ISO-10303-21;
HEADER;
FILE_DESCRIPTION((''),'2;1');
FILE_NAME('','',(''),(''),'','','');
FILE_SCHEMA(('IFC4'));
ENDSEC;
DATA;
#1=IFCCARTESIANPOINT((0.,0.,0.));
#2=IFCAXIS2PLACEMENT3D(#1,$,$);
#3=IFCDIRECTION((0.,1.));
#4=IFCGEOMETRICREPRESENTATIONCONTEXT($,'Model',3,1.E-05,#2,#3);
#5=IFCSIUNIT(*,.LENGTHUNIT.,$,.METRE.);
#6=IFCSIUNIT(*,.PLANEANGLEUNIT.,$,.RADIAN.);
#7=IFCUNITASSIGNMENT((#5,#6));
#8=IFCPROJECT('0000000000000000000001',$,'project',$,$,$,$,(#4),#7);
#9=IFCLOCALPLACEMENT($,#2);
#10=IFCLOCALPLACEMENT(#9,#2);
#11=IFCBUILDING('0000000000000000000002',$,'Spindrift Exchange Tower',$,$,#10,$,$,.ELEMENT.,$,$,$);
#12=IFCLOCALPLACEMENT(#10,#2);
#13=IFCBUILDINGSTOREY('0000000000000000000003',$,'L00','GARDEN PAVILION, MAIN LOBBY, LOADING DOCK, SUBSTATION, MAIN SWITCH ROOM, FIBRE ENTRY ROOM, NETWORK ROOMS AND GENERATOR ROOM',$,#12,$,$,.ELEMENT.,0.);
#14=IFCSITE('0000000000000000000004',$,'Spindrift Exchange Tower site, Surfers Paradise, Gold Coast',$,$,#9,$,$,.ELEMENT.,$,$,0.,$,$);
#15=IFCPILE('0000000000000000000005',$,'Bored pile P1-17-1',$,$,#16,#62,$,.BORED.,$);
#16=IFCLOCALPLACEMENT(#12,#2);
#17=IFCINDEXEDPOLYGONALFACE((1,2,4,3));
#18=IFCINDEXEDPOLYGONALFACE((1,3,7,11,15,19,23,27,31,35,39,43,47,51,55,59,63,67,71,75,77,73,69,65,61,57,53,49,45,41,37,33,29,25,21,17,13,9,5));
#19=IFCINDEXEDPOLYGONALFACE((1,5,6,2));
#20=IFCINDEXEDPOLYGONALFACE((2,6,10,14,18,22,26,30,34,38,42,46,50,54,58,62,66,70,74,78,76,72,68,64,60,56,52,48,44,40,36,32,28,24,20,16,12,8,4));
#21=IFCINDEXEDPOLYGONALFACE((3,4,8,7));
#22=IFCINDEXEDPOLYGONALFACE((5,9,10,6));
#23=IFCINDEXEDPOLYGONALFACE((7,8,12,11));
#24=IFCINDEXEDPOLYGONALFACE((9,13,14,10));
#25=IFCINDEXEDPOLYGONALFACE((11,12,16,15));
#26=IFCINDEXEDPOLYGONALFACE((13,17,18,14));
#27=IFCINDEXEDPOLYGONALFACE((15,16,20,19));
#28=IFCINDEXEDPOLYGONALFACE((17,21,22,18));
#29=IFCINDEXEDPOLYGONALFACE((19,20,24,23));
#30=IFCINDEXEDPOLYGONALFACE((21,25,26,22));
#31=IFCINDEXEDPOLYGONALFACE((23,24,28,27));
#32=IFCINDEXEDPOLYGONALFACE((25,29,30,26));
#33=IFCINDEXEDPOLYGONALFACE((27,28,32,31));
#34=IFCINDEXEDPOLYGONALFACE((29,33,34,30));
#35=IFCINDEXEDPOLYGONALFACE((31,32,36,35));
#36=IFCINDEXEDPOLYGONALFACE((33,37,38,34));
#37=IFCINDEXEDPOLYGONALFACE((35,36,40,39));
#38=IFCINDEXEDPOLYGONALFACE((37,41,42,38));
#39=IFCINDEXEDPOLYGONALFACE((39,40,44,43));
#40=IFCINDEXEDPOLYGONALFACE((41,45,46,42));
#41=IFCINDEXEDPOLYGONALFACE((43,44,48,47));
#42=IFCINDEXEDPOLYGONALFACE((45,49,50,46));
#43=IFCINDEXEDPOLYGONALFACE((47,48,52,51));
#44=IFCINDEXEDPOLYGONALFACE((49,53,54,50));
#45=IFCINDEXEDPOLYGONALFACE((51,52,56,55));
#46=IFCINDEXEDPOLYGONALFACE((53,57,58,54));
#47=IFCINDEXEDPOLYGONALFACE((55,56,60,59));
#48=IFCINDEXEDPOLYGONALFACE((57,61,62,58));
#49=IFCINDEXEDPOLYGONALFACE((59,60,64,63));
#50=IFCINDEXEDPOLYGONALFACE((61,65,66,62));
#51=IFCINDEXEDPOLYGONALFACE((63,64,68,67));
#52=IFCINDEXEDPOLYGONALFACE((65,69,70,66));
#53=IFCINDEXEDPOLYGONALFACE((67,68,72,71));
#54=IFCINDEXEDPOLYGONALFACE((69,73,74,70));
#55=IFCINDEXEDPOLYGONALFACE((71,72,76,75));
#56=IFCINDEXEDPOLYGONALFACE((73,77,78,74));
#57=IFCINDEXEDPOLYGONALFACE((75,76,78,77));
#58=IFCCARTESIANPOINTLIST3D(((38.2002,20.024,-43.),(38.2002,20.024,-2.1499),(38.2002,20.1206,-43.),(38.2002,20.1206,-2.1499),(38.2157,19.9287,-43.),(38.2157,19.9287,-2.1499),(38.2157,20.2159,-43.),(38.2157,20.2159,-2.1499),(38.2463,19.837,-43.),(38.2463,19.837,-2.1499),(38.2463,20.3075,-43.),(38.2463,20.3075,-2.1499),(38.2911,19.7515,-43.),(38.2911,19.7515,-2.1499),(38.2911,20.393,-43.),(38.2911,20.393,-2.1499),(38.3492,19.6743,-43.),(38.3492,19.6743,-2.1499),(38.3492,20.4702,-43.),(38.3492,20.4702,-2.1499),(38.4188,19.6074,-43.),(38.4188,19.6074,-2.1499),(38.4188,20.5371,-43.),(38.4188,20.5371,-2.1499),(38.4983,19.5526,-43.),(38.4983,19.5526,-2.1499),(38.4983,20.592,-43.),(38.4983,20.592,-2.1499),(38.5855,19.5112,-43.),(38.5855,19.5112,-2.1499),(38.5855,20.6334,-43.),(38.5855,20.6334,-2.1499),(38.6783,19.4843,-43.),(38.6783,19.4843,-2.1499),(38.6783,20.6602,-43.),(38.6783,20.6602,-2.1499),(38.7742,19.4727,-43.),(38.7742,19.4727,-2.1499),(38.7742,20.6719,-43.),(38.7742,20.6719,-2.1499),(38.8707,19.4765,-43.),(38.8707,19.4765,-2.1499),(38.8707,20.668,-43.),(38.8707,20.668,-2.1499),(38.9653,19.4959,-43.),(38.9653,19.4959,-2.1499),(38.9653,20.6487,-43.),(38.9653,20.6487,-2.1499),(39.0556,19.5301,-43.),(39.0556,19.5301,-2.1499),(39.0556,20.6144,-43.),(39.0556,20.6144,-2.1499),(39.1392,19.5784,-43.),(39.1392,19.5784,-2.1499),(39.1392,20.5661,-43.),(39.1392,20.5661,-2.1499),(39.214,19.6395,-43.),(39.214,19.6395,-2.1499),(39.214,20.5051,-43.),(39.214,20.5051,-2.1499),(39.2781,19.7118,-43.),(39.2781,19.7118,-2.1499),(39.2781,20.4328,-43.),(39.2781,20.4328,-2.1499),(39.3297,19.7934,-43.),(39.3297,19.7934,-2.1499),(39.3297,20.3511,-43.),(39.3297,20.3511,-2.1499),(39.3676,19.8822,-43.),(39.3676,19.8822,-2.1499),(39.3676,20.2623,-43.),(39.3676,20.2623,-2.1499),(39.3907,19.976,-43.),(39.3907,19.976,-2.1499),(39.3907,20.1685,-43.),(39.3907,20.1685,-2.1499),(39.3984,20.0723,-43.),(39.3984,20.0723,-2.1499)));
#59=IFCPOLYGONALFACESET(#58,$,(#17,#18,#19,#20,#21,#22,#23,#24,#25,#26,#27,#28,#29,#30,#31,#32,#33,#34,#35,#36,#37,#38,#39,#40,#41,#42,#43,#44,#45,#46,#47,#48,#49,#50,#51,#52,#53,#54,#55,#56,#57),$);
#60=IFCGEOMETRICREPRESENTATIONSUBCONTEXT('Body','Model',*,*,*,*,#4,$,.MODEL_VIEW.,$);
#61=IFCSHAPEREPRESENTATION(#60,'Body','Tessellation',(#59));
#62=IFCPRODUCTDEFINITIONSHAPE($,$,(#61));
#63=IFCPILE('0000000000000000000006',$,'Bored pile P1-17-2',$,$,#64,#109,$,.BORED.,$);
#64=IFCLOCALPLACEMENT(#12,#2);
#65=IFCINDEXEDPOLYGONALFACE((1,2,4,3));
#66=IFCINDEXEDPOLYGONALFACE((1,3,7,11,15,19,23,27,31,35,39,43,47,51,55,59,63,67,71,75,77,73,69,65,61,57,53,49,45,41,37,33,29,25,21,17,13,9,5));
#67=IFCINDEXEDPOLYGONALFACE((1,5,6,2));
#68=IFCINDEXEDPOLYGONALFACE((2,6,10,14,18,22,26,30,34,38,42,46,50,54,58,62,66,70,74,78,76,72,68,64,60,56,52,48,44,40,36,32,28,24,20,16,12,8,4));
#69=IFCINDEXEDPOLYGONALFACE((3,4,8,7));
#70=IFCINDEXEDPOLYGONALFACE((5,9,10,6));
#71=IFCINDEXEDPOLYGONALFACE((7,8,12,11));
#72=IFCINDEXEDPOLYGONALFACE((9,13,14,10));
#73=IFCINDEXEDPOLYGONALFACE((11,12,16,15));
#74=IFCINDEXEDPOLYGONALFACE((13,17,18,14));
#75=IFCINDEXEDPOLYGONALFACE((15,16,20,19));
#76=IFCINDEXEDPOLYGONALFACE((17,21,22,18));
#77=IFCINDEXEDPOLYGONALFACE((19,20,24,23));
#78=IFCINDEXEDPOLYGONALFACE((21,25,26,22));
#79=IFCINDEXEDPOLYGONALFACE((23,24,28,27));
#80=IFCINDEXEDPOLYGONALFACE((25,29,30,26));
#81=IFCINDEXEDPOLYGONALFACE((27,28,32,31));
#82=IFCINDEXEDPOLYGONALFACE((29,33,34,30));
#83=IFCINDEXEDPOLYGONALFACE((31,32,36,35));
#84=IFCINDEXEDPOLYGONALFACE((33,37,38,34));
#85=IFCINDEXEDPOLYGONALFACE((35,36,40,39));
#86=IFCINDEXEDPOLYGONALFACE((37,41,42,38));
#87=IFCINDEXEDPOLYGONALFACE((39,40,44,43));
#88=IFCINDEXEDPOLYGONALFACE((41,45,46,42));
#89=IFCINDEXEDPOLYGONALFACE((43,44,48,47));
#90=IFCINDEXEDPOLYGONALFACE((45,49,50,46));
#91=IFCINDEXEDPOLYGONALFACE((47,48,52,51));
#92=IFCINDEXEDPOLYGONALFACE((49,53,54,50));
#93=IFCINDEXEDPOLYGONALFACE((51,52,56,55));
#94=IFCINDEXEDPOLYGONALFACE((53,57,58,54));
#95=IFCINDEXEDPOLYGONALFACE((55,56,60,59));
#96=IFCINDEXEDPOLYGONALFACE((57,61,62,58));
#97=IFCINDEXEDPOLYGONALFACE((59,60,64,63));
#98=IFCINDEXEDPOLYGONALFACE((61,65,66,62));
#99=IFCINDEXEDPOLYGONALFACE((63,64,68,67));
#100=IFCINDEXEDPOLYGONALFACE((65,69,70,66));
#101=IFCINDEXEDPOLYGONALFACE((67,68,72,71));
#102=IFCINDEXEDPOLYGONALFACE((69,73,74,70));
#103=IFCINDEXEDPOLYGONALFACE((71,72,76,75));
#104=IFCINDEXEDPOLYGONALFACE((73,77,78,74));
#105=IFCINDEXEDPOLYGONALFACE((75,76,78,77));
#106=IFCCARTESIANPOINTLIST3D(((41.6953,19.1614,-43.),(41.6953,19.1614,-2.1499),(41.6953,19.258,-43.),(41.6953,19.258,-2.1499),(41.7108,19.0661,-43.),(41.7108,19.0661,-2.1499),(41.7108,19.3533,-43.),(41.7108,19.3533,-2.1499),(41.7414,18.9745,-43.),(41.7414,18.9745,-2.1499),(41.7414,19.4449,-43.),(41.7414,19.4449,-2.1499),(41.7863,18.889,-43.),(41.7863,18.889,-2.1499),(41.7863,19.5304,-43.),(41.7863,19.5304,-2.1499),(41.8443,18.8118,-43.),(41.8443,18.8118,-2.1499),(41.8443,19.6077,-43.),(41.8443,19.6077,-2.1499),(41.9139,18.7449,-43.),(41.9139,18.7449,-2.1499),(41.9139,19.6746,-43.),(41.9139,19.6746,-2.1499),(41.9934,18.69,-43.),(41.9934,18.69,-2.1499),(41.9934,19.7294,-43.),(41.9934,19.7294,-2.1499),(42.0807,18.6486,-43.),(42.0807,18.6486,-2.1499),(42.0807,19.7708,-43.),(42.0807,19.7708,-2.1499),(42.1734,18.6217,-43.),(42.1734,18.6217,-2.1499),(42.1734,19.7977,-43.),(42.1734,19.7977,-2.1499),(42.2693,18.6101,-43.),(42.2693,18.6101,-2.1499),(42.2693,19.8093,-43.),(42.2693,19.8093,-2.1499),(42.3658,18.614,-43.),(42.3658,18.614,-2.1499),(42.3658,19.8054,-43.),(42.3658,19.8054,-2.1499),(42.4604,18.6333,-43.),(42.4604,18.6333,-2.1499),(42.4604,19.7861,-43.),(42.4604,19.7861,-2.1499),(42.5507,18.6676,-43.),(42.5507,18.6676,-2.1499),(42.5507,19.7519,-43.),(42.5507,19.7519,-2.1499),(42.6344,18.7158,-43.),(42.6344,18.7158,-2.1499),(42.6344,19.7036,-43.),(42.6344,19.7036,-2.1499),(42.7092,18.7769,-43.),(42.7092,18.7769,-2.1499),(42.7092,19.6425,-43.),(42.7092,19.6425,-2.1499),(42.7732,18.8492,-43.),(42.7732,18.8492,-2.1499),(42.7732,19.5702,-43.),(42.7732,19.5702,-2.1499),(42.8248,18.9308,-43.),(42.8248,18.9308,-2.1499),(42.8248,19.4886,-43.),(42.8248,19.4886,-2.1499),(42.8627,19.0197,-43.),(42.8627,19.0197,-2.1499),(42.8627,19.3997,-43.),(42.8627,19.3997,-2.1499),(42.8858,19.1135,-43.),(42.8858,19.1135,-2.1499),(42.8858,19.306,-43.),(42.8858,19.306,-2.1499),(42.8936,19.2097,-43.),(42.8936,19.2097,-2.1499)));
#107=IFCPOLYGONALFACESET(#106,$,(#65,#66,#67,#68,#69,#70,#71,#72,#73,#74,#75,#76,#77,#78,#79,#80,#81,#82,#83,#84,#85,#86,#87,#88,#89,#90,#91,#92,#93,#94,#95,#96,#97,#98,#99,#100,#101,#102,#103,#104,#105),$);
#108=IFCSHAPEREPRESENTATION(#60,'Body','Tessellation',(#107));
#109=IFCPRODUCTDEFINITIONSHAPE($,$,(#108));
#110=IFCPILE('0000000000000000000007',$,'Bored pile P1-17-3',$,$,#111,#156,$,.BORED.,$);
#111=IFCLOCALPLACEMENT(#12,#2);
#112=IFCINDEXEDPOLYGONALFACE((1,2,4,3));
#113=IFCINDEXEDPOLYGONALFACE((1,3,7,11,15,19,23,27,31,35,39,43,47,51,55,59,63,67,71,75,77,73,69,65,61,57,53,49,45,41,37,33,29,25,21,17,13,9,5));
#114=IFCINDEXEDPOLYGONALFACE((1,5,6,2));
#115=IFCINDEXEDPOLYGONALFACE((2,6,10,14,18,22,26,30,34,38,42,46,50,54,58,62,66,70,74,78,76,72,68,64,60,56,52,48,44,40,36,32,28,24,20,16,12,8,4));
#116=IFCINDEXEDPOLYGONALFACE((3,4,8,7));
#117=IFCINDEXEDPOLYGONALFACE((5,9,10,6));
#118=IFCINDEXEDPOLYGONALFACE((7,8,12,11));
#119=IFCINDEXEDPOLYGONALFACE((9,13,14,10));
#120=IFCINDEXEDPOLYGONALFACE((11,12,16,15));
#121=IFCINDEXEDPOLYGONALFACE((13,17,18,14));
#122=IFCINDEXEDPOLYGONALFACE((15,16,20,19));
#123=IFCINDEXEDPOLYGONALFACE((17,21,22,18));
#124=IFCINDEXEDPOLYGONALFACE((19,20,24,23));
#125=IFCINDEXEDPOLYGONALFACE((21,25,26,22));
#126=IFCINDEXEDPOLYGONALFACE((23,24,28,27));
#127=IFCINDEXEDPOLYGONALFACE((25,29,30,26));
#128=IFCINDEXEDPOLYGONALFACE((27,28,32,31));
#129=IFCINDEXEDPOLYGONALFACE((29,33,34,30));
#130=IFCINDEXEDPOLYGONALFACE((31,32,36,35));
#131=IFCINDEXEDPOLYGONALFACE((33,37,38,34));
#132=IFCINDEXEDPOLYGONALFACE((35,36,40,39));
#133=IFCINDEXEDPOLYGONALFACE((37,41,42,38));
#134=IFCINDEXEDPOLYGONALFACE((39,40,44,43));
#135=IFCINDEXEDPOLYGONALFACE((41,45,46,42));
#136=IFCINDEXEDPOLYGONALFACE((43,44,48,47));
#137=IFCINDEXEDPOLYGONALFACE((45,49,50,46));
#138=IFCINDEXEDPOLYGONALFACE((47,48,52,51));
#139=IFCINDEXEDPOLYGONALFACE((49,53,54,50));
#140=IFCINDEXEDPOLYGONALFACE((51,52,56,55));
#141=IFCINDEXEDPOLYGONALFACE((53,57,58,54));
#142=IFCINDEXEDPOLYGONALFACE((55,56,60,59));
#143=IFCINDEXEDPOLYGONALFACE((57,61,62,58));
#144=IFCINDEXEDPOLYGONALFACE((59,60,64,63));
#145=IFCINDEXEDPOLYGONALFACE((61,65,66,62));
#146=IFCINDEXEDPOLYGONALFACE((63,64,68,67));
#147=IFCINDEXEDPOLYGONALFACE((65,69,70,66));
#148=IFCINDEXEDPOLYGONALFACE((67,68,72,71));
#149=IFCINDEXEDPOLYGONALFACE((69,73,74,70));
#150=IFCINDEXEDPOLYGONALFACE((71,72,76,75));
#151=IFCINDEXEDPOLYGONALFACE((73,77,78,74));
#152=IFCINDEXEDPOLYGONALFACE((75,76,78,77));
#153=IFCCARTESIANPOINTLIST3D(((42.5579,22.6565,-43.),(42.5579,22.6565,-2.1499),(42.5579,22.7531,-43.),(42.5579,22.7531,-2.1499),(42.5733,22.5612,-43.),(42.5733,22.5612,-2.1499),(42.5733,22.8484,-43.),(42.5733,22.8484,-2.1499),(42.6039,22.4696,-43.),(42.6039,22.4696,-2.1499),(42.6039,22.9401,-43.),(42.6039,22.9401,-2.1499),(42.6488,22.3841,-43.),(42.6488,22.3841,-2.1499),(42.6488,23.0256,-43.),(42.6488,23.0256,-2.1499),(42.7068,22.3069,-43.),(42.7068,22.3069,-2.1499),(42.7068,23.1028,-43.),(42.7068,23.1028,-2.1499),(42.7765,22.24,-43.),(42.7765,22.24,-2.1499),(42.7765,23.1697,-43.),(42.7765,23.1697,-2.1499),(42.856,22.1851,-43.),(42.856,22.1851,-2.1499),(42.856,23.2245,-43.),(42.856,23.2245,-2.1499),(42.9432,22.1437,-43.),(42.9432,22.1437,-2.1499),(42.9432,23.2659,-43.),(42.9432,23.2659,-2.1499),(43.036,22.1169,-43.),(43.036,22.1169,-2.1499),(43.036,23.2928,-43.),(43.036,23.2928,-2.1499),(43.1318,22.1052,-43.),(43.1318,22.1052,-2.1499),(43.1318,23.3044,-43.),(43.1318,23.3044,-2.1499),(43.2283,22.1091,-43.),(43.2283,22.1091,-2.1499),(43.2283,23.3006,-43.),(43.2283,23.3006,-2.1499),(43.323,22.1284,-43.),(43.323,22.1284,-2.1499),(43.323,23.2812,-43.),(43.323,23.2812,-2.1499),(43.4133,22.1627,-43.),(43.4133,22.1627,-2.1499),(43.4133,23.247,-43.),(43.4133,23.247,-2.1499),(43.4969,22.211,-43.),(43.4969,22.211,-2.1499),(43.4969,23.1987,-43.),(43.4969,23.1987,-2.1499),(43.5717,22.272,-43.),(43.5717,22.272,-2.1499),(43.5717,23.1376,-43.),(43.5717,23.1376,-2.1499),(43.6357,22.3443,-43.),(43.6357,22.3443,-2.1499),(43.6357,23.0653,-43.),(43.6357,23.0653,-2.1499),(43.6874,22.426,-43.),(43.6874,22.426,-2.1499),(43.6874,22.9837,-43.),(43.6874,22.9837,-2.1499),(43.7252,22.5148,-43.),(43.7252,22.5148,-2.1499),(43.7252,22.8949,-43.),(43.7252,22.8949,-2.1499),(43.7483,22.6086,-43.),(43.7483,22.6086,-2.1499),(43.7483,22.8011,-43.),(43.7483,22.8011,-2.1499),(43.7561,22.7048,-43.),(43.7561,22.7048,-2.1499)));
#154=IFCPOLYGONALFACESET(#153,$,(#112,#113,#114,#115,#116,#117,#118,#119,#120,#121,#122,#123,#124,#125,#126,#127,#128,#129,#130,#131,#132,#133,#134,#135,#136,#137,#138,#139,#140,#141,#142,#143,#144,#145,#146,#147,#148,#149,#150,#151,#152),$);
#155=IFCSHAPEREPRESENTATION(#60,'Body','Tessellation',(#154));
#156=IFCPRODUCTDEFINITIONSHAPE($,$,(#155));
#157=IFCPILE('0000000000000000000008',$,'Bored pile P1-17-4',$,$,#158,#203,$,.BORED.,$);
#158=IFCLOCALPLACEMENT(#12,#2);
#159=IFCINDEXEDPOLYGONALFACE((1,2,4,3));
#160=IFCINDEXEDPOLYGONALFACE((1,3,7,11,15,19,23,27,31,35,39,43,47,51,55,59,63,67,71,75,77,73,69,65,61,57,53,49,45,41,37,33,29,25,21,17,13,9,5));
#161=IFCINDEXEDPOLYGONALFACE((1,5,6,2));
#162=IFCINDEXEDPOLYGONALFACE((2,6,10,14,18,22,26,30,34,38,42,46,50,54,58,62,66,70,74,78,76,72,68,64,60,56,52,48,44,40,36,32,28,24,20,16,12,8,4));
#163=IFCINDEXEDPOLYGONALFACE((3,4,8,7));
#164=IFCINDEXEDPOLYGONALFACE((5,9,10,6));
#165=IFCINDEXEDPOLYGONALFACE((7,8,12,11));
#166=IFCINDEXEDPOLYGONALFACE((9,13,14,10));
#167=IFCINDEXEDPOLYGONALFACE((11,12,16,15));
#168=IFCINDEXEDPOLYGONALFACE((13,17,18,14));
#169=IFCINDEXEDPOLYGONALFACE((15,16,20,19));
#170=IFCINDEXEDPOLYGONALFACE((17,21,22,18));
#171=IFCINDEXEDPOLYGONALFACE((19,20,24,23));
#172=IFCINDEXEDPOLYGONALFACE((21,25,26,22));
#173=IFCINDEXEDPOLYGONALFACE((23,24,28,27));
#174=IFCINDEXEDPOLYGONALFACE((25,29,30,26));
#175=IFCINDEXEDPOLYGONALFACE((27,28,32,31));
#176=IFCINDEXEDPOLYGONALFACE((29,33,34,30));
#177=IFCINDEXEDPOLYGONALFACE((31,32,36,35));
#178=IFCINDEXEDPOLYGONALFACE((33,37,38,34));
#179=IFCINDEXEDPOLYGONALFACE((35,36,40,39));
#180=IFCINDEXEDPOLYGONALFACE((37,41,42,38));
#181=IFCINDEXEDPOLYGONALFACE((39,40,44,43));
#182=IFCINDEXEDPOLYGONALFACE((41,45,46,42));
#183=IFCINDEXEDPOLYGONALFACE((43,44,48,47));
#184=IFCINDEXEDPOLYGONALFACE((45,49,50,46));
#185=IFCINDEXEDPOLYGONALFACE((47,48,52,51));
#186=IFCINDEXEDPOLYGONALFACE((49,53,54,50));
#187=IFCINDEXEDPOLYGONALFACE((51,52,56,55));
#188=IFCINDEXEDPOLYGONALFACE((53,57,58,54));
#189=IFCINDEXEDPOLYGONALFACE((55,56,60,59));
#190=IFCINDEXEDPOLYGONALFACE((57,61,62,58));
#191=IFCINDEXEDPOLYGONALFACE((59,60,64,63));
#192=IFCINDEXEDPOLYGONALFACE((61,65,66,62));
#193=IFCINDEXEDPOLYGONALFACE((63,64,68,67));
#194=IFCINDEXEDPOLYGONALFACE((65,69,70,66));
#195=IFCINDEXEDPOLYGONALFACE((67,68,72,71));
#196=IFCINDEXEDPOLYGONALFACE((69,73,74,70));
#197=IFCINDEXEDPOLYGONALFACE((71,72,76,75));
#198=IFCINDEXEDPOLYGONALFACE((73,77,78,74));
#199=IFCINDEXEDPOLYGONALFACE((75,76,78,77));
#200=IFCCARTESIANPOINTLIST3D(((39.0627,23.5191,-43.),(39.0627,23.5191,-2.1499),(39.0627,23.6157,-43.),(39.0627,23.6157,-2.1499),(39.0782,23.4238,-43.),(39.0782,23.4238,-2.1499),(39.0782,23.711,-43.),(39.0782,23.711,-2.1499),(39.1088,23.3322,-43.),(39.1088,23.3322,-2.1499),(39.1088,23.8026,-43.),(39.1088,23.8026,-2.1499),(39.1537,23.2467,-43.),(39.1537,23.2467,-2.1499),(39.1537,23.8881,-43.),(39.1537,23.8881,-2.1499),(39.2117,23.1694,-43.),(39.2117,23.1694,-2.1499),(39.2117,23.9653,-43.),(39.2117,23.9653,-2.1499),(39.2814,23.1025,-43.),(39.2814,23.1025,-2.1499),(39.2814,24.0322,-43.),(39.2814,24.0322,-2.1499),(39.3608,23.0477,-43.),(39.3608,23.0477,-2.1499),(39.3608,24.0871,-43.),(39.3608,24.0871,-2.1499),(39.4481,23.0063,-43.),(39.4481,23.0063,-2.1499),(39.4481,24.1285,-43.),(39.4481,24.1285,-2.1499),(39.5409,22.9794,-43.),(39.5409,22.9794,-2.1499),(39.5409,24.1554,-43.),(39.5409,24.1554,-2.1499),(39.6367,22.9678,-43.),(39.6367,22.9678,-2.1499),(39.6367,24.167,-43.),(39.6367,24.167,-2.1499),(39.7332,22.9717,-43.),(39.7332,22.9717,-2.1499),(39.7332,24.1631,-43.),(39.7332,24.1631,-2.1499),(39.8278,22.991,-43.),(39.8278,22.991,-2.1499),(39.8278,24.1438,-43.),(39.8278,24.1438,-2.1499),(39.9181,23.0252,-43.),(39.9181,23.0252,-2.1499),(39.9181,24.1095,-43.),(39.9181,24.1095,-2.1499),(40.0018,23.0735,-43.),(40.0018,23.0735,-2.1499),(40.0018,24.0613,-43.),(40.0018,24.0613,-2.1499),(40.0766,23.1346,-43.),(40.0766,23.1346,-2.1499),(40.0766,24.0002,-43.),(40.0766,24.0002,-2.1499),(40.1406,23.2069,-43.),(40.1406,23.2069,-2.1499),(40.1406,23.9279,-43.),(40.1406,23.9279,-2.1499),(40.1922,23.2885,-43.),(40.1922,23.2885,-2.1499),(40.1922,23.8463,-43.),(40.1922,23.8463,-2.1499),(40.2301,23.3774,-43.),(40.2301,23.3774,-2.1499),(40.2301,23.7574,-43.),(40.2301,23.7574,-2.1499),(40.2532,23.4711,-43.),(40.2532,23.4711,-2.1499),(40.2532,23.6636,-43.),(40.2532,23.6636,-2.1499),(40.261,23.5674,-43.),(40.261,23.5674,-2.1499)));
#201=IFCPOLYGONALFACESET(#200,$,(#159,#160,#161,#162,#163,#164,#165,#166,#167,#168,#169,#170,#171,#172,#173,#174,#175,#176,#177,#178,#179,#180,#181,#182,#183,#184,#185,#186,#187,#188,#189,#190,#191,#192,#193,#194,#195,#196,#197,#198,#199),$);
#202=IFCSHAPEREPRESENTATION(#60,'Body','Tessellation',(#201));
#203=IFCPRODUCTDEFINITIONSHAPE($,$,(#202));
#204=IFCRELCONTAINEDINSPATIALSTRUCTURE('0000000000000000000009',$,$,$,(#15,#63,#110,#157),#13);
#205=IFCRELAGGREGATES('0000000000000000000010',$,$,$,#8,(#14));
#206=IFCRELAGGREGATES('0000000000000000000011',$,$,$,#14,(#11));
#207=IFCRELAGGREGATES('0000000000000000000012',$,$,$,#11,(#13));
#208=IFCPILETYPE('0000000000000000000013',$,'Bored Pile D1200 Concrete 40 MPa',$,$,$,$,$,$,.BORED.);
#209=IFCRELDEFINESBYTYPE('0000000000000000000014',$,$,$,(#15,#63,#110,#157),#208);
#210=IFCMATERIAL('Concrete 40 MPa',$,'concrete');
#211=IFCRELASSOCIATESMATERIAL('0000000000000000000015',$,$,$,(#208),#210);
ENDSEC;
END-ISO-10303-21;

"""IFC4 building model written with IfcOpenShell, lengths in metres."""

from ifc_helpers import new_model, si_unit, direction, frame, origin, origin_2d, place, context, subcontext, project, spatial, circle, extrude, source, transform, mapped, material, material_profile, profile_set, type_object, element, save


model = new_model("IFC4")

# Units and contexts
model_context = context("Model", 3, precision=1e-05, world=origin(), true_north=direction((0.0, 1.0)))
body_context = subcontext(model_context, "Body", "Model", "MODEL_VIEW")
ifc_project = project(units=[si_unit("LENGTHUNIT", "METRE"), si_unit("PLANEANGLEUNIT", "RADIAN")], contexts=[model_context])

# Site, building, storey
site_placement = place(None, origin())
site = spatial("IfcSite", under=ifc_project, at=site_placement, Name="Spindrift Exchange Tower site, Surfers Paradise, Gold Coast", CompositionType="ELEMENT", RefElevation=0.0)
building_placement = place(site_placement, origin())
building = spatial("IfcBuilding", under=site, at=building_placement, Name="Spindrift Exchange Tower", CompositionType="ELEMENT")
storey_placement = place(building_placement, origin())
storey = spatial("IfcBuildingStorey", under=building, at=storey_placement, Name="L00", Description="GARDEN PAVILION, MAIN LOBBY, LOADING DOCK, SUBSTATION, MAIN SWITCH ROOM, FIBRE ENTRY ROOM, NETWORK ROOMS AND GENERATOR ROOM", CompositionType="ELEMENT", Elevation=0.0)

# Piles
ifc_material_1 = material(Name="Concrete 40 MPa", Category="concrete")
ifc_material_profile_1 = material_profile(ifc_material_1, circle(Radius=0.6001, at=origin_2d()), Name="BP D1200")
ifc_profile_set_1 = profile_set([ifc_material_profile_1], Name="Concrete 40 MPa")
pile_type_1 = type_object("IfcPileType", Name="Bored Pile D1200 Concrete 40 MPa", PredefinedType="BORED", material=ifc_profile_set_1)
shared_shape_1 = source(origin(), body_context, "Body", "SweptSolid", [
    extrude(circle(Radius=0.6001, at=origin_2d()), origin(), (0.0, 0.0, 1.0), 40.8501),
])
for number, where, z_axis, x_axis, name in (
    (1, (38.7983, 20.0723, -2.1499), (0.0, 0.0, -1.0), (1.0, 0.0, 0.0), "Bored pile P1-17-1"),
    (2, (42.2935, 19.2097, -2.1499), (0.0, 0.0, -1.0), (1.0, 0.0, 0.0), "Bored pile P1-17-2"),
    (3, (43.156, 22.7048, -2.1499), (0.0, 0.0, -1.0), (1.0, 0.0, 0.0), "Bored pile P1-17-3"),
    (4, (39.6609, 23.5674, -2.1499), (0.0, 0.0, -1.0), (1.0, 0.0, 0.0), "Bored pile P1-17-4"),
):
    element("IfcPile", number, at=place(storey_placement, frame(where, z_axis=z_axis, x_axis=x_axis)), inside=storey, type_object=pile_type_1, Name=name, PredefinedType="BORED", context=body_context, shape_type="MappedRepresentation", body=[
        mapped(shared_shape_1, transform((0.0, 0.0, 0.0), scale=1.0)),
    ])

save(model, "model.ifc")
